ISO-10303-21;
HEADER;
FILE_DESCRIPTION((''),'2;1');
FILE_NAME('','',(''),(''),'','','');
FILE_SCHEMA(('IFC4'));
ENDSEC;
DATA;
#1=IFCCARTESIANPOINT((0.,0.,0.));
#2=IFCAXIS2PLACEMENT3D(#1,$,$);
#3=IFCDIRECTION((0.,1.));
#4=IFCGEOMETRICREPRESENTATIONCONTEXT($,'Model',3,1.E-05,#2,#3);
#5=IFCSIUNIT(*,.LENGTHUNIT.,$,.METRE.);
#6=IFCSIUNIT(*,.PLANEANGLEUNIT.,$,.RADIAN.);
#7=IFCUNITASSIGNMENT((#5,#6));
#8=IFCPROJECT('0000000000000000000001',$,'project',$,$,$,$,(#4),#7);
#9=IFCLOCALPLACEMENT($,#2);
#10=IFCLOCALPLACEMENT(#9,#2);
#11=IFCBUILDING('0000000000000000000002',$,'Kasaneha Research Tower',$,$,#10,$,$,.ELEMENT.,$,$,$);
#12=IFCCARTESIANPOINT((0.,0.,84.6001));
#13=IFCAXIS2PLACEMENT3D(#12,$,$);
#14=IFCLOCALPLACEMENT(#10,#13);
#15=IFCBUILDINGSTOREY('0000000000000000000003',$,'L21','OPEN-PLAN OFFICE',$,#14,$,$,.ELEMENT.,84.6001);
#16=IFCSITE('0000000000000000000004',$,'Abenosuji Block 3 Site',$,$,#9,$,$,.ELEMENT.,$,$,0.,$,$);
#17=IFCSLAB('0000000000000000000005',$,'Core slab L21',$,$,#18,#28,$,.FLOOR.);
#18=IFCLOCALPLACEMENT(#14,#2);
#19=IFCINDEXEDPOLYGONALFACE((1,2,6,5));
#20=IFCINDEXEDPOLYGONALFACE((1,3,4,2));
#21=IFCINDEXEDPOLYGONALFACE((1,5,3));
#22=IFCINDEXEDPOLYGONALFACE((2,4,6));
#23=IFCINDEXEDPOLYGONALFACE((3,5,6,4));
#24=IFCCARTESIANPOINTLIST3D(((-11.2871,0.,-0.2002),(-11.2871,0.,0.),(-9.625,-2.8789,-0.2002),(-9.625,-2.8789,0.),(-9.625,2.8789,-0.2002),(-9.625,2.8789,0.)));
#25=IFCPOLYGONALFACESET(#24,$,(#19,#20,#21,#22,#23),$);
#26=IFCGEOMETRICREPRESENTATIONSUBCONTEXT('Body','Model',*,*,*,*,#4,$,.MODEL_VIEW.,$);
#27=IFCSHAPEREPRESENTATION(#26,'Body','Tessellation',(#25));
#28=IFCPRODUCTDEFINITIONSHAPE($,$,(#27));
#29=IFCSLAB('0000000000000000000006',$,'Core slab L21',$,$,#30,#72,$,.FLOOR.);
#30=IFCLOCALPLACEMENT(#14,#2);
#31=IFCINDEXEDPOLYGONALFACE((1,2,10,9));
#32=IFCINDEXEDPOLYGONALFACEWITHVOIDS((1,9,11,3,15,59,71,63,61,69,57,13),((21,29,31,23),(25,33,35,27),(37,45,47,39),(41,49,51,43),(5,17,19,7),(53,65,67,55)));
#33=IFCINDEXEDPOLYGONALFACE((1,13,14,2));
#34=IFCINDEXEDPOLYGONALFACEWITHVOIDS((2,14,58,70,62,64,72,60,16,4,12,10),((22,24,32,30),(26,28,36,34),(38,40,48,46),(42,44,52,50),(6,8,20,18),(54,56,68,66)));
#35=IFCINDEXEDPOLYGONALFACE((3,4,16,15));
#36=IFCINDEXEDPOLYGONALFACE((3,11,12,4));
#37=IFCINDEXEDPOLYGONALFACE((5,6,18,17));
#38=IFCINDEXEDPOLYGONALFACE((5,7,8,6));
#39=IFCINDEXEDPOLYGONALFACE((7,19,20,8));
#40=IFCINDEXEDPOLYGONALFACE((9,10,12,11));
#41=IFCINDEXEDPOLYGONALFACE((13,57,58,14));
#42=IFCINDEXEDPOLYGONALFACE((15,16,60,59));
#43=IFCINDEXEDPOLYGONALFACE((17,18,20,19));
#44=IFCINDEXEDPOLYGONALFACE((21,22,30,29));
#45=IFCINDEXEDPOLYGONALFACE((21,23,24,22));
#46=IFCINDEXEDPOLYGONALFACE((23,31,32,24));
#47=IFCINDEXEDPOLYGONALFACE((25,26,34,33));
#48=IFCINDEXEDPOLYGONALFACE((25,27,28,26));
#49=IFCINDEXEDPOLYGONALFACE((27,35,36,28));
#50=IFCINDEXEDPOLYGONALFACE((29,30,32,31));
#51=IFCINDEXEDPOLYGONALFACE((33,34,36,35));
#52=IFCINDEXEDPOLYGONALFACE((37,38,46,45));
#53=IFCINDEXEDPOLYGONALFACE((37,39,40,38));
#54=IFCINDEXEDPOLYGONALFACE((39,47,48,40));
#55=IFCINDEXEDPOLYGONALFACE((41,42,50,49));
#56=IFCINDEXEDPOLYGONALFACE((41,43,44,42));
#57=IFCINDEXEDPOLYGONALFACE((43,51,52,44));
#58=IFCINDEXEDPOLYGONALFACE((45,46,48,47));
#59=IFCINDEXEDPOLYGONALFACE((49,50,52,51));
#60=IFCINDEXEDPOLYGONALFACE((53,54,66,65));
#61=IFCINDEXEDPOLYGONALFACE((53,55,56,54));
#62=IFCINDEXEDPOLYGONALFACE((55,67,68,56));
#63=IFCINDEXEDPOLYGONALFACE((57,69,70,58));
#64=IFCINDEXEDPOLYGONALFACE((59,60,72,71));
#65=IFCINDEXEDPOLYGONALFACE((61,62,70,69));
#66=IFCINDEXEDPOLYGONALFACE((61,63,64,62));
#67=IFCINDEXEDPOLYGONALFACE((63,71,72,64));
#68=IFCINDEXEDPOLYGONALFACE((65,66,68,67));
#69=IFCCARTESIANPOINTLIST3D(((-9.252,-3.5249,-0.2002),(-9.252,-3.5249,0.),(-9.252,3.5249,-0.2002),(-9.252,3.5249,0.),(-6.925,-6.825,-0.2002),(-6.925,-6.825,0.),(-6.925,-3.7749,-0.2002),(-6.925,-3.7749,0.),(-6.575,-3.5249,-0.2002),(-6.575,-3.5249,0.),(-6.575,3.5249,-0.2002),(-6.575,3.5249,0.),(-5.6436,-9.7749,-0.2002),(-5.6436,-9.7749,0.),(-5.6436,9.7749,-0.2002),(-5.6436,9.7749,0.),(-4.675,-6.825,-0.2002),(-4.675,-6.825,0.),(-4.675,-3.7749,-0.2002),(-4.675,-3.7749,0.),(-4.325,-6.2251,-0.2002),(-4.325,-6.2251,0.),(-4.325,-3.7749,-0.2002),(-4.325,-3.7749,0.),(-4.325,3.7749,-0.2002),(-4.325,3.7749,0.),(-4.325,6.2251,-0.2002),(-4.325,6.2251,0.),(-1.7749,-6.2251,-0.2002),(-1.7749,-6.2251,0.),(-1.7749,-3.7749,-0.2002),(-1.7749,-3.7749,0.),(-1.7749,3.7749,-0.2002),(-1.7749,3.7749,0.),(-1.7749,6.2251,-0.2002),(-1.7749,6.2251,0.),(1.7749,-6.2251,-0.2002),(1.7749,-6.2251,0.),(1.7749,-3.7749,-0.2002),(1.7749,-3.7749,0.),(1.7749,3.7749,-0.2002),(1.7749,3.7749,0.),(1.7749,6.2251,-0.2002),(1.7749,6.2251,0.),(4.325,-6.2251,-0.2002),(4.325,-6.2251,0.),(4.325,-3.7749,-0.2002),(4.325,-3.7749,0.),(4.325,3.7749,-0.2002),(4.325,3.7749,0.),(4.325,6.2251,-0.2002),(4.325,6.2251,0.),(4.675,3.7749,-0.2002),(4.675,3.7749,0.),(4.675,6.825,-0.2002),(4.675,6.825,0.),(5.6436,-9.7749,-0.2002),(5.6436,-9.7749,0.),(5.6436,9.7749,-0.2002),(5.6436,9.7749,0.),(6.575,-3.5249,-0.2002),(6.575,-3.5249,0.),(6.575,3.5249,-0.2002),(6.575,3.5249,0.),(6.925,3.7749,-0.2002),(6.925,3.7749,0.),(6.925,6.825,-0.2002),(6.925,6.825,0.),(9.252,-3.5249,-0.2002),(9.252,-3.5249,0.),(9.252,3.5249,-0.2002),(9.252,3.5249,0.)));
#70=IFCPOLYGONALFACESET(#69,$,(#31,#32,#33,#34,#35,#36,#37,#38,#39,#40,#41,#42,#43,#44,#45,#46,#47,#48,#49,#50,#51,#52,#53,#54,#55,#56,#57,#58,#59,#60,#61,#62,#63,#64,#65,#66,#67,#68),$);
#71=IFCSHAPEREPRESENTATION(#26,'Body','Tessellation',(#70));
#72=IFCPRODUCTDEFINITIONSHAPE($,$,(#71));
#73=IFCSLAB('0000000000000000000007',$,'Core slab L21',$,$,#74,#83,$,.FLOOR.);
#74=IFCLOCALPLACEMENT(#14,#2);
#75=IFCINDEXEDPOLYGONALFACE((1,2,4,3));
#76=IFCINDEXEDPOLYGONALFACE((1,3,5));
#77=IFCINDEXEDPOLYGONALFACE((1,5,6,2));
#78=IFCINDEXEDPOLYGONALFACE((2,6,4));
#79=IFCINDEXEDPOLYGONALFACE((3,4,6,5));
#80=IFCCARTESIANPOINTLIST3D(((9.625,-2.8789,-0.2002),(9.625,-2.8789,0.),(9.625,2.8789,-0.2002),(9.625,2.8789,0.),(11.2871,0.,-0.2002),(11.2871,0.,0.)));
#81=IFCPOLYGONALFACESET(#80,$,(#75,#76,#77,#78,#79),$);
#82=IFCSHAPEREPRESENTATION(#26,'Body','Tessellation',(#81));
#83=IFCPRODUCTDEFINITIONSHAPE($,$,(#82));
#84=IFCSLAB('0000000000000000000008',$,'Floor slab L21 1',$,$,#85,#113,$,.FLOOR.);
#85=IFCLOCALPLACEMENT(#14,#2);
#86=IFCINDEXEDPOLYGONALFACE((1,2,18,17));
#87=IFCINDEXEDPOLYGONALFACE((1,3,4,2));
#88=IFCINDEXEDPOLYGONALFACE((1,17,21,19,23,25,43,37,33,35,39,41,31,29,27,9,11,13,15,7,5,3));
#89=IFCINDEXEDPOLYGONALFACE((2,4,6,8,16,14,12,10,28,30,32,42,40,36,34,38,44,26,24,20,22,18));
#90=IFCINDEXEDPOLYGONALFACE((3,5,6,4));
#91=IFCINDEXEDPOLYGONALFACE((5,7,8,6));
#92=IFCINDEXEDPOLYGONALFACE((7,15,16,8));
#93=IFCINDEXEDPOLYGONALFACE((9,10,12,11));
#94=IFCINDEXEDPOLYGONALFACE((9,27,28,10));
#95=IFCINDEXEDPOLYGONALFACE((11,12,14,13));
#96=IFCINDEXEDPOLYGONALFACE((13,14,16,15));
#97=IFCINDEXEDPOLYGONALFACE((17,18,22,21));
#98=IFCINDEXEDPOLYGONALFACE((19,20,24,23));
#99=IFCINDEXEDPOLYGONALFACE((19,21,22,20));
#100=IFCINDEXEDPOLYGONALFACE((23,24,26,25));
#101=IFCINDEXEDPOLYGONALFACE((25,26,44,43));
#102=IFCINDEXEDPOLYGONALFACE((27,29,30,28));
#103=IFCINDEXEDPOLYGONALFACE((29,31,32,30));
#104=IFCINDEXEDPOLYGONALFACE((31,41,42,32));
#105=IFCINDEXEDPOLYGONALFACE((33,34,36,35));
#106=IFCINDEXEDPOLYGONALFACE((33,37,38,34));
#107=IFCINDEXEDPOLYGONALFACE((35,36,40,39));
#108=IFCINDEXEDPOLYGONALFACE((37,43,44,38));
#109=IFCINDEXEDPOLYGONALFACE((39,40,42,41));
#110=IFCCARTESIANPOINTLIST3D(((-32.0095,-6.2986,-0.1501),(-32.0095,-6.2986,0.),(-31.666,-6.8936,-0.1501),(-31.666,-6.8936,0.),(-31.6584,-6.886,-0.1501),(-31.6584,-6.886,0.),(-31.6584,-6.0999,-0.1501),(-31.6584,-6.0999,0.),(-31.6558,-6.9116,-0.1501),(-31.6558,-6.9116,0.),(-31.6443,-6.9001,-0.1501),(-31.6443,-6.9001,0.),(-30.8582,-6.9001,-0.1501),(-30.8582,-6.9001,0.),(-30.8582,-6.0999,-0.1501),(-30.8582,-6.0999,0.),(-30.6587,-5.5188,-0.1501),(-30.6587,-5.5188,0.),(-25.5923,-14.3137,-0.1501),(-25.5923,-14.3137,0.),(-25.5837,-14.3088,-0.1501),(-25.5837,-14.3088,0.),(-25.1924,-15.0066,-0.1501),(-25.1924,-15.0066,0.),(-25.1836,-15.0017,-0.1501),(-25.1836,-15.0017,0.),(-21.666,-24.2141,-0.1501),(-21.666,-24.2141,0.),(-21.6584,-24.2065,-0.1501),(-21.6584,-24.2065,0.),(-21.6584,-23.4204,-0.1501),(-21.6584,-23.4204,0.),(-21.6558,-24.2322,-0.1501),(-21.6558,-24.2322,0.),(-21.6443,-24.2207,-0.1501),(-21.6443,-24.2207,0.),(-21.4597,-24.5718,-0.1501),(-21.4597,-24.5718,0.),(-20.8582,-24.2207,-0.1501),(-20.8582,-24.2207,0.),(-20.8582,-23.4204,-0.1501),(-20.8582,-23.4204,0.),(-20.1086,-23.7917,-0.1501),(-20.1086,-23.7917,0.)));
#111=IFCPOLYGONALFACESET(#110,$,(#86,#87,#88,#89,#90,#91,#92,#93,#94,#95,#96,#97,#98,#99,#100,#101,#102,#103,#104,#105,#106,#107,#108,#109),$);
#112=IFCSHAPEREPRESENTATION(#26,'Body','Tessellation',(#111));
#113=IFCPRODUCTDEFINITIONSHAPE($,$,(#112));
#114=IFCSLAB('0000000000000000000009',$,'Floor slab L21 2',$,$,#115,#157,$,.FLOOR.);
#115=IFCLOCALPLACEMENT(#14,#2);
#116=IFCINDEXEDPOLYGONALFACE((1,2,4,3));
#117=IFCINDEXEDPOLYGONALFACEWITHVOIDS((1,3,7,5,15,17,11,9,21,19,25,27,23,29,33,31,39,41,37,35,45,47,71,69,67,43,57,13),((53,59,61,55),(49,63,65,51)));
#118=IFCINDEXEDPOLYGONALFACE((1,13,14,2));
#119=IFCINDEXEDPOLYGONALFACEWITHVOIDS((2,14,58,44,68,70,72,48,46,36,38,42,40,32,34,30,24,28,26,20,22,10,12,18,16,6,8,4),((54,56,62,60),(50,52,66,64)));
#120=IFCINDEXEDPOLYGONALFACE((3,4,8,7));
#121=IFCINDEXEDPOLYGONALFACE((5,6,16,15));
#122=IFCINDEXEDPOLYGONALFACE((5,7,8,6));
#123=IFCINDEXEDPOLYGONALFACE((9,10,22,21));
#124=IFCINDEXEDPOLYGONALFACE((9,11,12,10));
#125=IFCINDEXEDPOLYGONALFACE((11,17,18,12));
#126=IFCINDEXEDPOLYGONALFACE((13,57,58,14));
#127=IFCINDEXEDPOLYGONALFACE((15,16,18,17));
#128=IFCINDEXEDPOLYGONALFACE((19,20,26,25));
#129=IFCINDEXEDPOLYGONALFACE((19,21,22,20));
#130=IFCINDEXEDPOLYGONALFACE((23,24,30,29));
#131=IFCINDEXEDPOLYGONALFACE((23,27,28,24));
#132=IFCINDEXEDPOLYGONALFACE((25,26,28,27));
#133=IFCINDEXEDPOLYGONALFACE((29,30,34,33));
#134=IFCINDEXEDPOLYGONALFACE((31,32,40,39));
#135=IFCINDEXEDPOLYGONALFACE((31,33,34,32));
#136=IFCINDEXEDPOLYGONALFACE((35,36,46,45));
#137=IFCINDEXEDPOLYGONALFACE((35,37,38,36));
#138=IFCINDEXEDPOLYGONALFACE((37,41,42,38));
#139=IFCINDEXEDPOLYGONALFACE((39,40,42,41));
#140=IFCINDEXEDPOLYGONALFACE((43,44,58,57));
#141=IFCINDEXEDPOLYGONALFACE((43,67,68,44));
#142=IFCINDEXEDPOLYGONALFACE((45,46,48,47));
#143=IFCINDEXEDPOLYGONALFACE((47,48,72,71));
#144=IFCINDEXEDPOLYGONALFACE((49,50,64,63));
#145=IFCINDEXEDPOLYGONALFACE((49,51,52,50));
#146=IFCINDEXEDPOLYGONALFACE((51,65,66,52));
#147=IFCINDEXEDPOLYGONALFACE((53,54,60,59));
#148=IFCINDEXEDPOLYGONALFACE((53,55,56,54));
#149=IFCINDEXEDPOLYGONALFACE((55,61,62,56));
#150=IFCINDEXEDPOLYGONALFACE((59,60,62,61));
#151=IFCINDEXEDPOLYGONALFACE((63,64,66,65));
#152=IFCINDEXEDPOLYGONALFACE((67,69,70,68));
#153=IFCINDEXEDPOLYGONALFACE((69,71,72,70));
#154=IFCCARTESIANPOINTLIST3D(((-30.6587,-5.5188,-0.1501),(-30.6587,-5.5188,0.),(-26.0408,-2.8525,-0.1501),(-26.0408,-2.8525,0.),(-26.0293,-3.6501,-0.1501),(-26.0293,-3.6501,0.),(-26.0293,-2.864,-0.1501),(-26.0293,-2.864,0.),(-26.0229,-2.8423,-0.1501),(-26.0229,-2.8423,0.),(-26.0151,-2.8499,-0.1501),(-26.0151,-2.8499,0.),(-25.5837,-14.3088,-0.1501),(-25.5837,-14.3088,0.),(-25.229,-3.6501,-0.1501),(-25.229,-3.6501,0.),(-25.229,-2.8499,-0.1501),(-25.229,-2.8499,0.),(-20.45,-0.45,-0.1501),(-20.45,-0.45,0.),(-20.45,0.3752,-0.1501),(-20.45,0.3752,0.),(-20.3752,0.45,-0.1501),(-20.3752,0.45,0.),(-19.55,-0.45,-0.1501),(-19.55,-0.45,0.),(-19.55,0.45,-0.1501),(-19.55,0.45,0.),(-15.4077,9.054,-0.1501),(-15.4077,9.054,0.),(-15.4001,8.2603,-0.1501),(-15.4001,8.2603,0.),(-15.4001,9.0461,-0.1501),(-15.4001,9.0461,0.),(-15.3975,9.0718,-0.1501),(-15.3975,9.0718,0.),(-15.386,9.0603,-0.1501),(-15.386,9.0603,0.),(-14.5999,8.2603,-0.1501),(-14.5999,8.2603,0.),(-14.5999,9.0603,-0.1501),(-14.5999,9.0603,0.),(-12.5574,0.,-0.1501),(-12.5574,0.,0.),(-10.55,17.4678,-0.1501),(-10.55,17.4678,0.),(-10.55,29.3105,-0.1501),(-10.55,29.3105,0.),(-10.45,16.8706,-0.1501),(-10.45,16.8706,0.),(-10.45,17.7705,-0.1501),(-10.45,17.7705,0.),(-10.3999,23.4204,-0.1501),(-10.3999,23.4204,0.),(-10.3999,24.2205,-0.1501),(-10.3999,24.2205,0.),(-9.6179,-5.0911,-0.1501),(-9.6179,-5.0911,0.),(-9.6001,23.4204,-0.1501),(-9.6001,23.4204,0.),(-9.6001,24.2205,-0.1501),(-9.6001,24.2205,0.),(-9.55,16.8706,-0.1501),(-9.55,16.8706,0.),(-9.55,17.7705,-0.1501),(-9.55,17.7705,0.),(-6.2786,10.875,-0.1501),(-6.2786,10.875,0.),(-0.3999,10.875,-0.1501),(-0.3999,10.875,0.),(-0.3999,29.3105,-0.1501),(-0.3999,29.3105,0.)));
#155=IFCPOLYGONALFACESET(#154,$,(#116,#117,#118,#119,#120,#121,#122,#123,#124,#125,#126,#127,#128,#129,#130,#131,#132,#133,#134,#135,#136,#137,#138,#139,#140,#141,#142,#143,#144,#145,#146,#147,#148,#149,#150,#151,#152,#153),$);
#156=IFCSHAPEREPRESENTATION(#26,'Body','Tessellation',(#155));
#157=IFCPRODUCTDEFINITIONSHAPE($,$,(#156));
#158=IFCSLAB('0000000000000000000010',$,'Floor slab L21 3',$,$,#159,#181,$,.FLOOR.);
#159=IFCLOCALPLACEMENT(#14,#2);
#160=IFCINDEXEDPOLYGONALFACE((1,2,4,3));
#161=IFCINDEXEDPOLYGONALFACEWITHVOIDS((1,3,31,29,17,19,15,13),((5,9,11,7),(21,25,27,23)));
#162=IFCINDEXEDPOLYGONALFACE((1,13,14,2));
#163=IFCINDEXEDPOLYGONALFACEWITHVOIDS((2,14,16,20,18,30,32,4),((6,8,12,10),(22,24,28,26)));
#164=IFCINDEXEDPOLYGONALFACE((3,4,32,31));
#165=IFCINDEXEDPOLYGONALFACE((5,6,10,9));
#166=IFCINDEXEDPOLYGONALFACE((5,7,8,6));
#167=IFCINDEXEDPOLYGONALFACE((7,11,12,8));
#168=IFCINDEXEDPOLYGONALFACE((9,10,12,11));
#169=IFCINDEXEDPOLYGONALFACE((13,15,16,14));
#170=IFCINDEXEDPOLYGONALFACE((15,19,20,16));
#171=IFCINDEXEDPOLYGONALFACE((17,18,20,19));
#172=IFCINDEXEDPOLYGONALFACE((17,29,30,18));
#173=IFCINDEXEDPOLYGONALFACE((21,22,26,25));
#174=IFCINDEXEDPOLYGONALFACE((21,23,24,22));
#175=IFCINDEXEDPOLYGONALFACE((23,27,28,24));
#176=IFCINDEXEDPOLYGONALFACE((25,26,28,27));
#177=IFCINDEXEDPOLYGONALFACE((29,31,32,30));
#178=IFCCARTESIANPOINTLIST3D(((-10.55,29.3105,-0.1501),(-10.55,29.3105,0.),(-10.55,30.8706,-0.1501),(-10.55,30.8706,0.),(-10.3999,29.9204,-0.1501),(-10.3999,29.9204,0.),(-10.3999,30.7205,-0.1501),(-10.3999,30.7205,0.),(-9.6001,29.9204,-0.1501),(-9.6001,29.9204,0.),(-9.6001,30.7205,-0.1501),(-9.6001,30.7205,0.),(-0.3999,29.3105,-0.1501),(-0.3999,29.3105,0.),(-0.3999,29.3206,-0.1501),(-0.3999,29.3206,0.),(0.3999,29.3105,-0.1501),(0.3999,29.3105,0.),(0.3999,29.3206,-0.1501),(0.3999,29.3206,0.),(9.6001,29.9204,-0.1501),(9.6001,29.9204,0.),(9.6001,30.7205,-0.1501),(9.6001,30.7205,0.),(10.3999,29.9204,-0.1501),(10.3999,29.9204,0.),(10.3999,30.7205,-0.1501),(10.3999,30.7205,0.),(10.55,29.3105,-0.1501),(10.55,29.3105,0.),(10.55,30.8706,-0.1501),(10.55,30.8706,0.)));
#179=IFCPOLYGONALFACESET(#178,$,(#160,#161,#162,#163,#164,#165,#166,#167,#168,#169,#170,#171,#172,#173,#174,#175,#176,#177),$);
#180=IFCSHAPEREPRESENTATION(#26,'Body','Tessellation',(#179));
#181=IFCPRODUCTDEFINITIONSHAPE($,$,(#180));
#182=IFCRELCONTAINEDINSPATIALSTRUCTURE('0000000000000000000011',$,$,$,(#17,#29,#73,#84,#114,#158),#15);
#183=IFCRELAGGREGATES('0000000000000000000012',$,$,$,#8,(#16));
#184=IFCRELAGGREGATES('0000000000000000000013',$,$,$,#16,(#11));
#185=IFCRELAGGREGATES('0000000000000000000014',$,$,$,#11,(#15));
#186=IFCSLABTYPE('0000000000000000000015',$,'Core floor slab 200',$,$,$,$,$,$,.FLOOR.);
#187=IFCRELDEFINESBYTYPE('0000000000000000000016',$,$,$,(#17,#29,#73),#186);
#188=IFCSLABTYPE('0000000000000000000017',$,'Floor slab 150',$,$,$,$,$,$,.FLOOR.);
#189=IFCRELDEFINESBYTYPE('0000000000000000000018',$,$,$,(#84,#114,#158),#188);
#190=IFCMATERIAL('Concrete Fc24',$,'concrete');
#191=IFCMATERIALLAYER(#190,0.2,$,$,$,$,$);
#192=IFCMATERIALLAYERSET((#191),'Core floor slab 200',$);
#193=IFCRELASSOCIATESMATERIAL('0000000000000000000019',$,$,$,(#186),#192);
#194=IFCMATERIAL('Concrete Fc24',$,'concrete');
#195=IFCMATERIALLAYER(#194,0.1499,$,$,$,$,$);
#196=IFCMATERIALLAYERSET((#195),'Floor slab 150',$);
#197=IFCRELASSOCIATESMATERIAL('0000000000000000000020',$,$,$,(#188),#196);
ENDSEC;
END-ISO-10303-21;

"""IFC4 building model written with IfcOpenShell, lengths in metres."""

from ifc_helpers import new_model, si_unit, direction, frame, origin, place, context, subcontext, project, spatial, polyline, outline, extrude, material, layer, layer_set, type_object, element, save


model = new_model("IFC4")

# Units and contexts
model_context = context("Model", 3, precision=1e-05, world=origin(), true_north=direction((0.0, 1.0)))
body_context = subcontext(model_context, "Body", "Model", "MODEL_VIEW")
ifc_project = project(units=[si_unit("LENGTHUNIT", "METRE"), si_unit("PLANEANGLEUNIT", "RADIAN")], contexts=[model_context])

# Site, building, storey
site_placement = place(None, origin())
site = spatial("IfcSite", under=ifc_project, at=site_placement, Name="Abenosuji Block 3 Site", CompositionType="ELEMENT", RefElevation=0.0)
building_placement = place(site_placement, origin())
building = spatial("IfcBuilding", under=site, at=building_placement, Name="Kasaneha Research Tower", CompositionType="ELEMENT")
storey_placement = place(building_placement, frame((0.0, 0.0, 84.6001)))
storey = spatial("IfcBuildingStorey", under=building, at=storey_placement, Name="L21", Description="OPEN-PLAN OFFICE", CompositionType="ELEMENT", Elevation=84.6001)

# Slabs
ifc_material_1 = material(Name="Concrete Fc24", Category="concrete")
ifc_layer_1 = layer(ifc_material_1, 0.2)
ifc_layer_set_1 = layer_set([ifc_layer_1], Name="Core floor slab 200")
slab_type_1 = type_object("IfcSlabType", Name="Core floor slab 200", PredefinedType="FLOOR", material=ifc_layer_set_1)
slab_1_placement = place(storey_placement, frame((0.0, 0.0, -0.2002)))
element("IfcSlab", 1, at=slab_1_placement, inside=storey, type_object=slab_type_1, Name="Core slab L21", PredefinedType="FLOOR", context=body_context, shape_type="SweptSolid", body=[
    extrude(outline(polyline([(-11.2871, 0.0), (-9.625, 2.8789), (-9.625, -2.8789), (-11.2871, 0.0)])), origin(), (0.0, 0.0, 1.0), 0.2002),
])
slab_2_placement = place(storey_placement, frame((0.0, 0.0, -0.2002)))
element("IfcSlab", 2, at=slab_2_placement, inside=storey, type_object=slab_type_1, Name="Core slab L21", PredefinedType="FLOOR", context=body_context, shape_type="SweptSolid", body=[
    extrude(outline(polyline([(-5.6436, 9.7749), (5.6436, 9.7749), (9.252, 3.5249), (6.575, 3.5249), (6.575, -3.5249), (9.252, -3.5249), (5.6436, -9.7749), (-5.6436, -9.7749), (-9.252, -3.5249), (-6.575, -3.5249), (-6.575, 3.5249), (-9.252, 3.5249), (-5.6436, 9.7749)]), holes=[polyline([(-6.925, -3.7749), (-6.925, -6.825), (-4.675, -6.825), (-4.675, -3.7749), (-6.925, -3.7749)]), polyline([(-4.325, -3.7749), (-4.325, -6.2251), (-1.7749, -6.2251), (-1.7749, -3.7749), (-4.325, -3.7749)]), polyline([(1.7749, -3.7749), (1.7749, -6.2251), (4.325, -6.2251), (4.325, -3.7749), (1.7749, -3.7749)]), polyline([(-4.325, 6.2251), (-4.325, 3.7749), (-1.7749, 3.7749), (-1.7749, 6.2251), (-4.325, 6.2251)]), polyline([(1.7749, 6.2251), (1.7749, 3.7749), (4.325, 3.7749), (4.325, 6.2251), (1.7749, 6.2251)]), polyline([(4.675, 6.825), (4.675, 3.7749), (6.925, 3.7749), (6.925, 6.825), (4.675, 6.825)])]), origin(), (0.0, 0.0, 1.0), 0.2002),
])
slab_3_placement = place(storey_placement, frame((0.0, 0.0, -0.2002)))
element("IfcSlab", 3, at=slab_3_placement, inside=storey, type_object=slab_type_1, Name="Core slab L21", PredefinedType="FLOOR", context=body_context, shape_type="SweptSolid", body=[
    extrude(outline(polyline([(11.2871, 0.0), (9.625, -2.8789), (9.625, 2.8789), (11.2871, 0.0)])), origin(), (0.0, 0.0, 1.0), 0.2002),
])
ifc_material_2 = material(Name="Concrete Fc24", Category="concrete")
ifc_layer_2 = layer(ifc_material_2, 0.1499)
ifc_layer_set_2 = layer_set([ifc_layer_2], Name="Floor slab 150")
slab_type_2 = type_object("IfcSlabType", Name="Floor slab 150", PredefinedType="FLOOR", material=ifc_layer_set_2)
slab_4_placement = place(storey_placement, frame((0.0, 0.0, -0.1501)))
element("IfcSlab", 4, at=slab_4_placement, inside=storey, type_object=slab_type_2, Name="Floor slab L21 1", PredefinedType="FLOOR", context=body_context, shape_type="SweptSolid", body=[
    extrude(outline(polyline([(-25.1924, -15.0066), (-25.1836, -15.0017), (-20.1086, -23.7917), (-21.4597, -24.5718), (-21.6558, -24.2322), (-21.6443, -24.2207), (-20.8582, -24.2207), (-20.8582, -23.4204), (-21.6584, -23.4204), (-21.6584, -24.2065), (-21.666, -24.2141), (-31.6558, -6.9116), (-31.6443, -6.9001), (-30.8582, -6.9001), (-30.8582, -6.0999), (-31.6584, -6.0999), (-31.6584, -6.886), (-31.666, -6.8936), (-32.0095, -6.2986), (-30.6587, -5.5188), (-25.5837, -14.3088), (-25.5923, -14.3137), (-25.1924, -15.0066)])), origin(), (0.0, 0.0, 1.0), 0.1501),
])
slab_5_placement = place(storey_placement, frame((0.0, 0.0, -0.1501)))
element("IfcSlab", 5, at=slab_5_placement, inside=storey, type_object=slab_type_2, Name="Floor slab L21 2", PredefinedType="FLOOR", context=body_context, shape_type="SweptSolid", body=[
    extrude(outline(polyline([(-20.3752, 0.45), (-15.4077, 9.054), (-15.4001, 9.0461), (-15.4001, 8.2603), (-14.5999, 8.2603), (-14.5999, 9.0603), (-15.386, 9.0603), (-15.3975, 9.0718), (-10.55, 17.4678), (-10.55, 29.3105), (-0.3999, 29.3105), (-0.3999, 10.875), (-6.2786, 10.875), (-12.5574, 0.0), (-9.6179, -5.0911), (-25.5837, -14.3088), (-30.6587, -5.5188), (-26.0408, -2.8525), (-26.0293, -2.864), (-26.0293, -3.6501), (-25.229, -3.6501), (-25.229, -2.8499), (-26.0151, -2.8499), (-26.0229, -2.8423), (-20.45, 0.3752), (-20.45, -0.45), (-19.55, -0.45), (-19.55, 0.45), (-20.3752, 0.45)]), holes=[polyline([(-9.55, 17.7705), (-10.45, 17.7705), (-10.45, 16.8706), (-9.55, 16.8706), (-9.55, 17.7705)]), polyline([(-9.6001, 23.4204), (-9.6001, 24.2205), (-10.3999, 24.2205), (-10.3999, 23.4204), (-9.6001, 23.4204)])]), origin(), (0.0, 0.0, 1.0), 0.1501),
])
slab_6_placement = place(storey_placement, frame((0.0, 0.0, -0.1501)))
element("IfcSlab", 6, at=slab_6_placement, inside=storey, type_object=slab_type_2, Name="Floor slab L21 3", PredefinedType="FLOOR", context=body_context, shape_type="SweptSolid", body=[
    extrude(outline(polyline([(10.55, 29.3105), (0.3999, 29.3105), (0.3999, 29.3206), (-0.3999, 29.3206), (-0.3999, 29.3105), (-10.55, 29.3105), (-10.55, 30.8706), (10.55, 30.8706), (10.55, 29.3105)]), holes=[polyline([(-9.6001, 30.7205), (-10.3999, 30.7205), (-10.3999, 29.9204), (-9.6001, 29.9204), (-9.6001, 30.7205)]), polyline([(10.3999, 29.9204), (10.3999, 30.7205), (9.6001, 30.7205), (9.6001, 29.9204), (10.3999, 29.9204)])]), origin(), (0.0, 0.0, 1.0), 0.1501),
])

save(model, "model.ifc")
